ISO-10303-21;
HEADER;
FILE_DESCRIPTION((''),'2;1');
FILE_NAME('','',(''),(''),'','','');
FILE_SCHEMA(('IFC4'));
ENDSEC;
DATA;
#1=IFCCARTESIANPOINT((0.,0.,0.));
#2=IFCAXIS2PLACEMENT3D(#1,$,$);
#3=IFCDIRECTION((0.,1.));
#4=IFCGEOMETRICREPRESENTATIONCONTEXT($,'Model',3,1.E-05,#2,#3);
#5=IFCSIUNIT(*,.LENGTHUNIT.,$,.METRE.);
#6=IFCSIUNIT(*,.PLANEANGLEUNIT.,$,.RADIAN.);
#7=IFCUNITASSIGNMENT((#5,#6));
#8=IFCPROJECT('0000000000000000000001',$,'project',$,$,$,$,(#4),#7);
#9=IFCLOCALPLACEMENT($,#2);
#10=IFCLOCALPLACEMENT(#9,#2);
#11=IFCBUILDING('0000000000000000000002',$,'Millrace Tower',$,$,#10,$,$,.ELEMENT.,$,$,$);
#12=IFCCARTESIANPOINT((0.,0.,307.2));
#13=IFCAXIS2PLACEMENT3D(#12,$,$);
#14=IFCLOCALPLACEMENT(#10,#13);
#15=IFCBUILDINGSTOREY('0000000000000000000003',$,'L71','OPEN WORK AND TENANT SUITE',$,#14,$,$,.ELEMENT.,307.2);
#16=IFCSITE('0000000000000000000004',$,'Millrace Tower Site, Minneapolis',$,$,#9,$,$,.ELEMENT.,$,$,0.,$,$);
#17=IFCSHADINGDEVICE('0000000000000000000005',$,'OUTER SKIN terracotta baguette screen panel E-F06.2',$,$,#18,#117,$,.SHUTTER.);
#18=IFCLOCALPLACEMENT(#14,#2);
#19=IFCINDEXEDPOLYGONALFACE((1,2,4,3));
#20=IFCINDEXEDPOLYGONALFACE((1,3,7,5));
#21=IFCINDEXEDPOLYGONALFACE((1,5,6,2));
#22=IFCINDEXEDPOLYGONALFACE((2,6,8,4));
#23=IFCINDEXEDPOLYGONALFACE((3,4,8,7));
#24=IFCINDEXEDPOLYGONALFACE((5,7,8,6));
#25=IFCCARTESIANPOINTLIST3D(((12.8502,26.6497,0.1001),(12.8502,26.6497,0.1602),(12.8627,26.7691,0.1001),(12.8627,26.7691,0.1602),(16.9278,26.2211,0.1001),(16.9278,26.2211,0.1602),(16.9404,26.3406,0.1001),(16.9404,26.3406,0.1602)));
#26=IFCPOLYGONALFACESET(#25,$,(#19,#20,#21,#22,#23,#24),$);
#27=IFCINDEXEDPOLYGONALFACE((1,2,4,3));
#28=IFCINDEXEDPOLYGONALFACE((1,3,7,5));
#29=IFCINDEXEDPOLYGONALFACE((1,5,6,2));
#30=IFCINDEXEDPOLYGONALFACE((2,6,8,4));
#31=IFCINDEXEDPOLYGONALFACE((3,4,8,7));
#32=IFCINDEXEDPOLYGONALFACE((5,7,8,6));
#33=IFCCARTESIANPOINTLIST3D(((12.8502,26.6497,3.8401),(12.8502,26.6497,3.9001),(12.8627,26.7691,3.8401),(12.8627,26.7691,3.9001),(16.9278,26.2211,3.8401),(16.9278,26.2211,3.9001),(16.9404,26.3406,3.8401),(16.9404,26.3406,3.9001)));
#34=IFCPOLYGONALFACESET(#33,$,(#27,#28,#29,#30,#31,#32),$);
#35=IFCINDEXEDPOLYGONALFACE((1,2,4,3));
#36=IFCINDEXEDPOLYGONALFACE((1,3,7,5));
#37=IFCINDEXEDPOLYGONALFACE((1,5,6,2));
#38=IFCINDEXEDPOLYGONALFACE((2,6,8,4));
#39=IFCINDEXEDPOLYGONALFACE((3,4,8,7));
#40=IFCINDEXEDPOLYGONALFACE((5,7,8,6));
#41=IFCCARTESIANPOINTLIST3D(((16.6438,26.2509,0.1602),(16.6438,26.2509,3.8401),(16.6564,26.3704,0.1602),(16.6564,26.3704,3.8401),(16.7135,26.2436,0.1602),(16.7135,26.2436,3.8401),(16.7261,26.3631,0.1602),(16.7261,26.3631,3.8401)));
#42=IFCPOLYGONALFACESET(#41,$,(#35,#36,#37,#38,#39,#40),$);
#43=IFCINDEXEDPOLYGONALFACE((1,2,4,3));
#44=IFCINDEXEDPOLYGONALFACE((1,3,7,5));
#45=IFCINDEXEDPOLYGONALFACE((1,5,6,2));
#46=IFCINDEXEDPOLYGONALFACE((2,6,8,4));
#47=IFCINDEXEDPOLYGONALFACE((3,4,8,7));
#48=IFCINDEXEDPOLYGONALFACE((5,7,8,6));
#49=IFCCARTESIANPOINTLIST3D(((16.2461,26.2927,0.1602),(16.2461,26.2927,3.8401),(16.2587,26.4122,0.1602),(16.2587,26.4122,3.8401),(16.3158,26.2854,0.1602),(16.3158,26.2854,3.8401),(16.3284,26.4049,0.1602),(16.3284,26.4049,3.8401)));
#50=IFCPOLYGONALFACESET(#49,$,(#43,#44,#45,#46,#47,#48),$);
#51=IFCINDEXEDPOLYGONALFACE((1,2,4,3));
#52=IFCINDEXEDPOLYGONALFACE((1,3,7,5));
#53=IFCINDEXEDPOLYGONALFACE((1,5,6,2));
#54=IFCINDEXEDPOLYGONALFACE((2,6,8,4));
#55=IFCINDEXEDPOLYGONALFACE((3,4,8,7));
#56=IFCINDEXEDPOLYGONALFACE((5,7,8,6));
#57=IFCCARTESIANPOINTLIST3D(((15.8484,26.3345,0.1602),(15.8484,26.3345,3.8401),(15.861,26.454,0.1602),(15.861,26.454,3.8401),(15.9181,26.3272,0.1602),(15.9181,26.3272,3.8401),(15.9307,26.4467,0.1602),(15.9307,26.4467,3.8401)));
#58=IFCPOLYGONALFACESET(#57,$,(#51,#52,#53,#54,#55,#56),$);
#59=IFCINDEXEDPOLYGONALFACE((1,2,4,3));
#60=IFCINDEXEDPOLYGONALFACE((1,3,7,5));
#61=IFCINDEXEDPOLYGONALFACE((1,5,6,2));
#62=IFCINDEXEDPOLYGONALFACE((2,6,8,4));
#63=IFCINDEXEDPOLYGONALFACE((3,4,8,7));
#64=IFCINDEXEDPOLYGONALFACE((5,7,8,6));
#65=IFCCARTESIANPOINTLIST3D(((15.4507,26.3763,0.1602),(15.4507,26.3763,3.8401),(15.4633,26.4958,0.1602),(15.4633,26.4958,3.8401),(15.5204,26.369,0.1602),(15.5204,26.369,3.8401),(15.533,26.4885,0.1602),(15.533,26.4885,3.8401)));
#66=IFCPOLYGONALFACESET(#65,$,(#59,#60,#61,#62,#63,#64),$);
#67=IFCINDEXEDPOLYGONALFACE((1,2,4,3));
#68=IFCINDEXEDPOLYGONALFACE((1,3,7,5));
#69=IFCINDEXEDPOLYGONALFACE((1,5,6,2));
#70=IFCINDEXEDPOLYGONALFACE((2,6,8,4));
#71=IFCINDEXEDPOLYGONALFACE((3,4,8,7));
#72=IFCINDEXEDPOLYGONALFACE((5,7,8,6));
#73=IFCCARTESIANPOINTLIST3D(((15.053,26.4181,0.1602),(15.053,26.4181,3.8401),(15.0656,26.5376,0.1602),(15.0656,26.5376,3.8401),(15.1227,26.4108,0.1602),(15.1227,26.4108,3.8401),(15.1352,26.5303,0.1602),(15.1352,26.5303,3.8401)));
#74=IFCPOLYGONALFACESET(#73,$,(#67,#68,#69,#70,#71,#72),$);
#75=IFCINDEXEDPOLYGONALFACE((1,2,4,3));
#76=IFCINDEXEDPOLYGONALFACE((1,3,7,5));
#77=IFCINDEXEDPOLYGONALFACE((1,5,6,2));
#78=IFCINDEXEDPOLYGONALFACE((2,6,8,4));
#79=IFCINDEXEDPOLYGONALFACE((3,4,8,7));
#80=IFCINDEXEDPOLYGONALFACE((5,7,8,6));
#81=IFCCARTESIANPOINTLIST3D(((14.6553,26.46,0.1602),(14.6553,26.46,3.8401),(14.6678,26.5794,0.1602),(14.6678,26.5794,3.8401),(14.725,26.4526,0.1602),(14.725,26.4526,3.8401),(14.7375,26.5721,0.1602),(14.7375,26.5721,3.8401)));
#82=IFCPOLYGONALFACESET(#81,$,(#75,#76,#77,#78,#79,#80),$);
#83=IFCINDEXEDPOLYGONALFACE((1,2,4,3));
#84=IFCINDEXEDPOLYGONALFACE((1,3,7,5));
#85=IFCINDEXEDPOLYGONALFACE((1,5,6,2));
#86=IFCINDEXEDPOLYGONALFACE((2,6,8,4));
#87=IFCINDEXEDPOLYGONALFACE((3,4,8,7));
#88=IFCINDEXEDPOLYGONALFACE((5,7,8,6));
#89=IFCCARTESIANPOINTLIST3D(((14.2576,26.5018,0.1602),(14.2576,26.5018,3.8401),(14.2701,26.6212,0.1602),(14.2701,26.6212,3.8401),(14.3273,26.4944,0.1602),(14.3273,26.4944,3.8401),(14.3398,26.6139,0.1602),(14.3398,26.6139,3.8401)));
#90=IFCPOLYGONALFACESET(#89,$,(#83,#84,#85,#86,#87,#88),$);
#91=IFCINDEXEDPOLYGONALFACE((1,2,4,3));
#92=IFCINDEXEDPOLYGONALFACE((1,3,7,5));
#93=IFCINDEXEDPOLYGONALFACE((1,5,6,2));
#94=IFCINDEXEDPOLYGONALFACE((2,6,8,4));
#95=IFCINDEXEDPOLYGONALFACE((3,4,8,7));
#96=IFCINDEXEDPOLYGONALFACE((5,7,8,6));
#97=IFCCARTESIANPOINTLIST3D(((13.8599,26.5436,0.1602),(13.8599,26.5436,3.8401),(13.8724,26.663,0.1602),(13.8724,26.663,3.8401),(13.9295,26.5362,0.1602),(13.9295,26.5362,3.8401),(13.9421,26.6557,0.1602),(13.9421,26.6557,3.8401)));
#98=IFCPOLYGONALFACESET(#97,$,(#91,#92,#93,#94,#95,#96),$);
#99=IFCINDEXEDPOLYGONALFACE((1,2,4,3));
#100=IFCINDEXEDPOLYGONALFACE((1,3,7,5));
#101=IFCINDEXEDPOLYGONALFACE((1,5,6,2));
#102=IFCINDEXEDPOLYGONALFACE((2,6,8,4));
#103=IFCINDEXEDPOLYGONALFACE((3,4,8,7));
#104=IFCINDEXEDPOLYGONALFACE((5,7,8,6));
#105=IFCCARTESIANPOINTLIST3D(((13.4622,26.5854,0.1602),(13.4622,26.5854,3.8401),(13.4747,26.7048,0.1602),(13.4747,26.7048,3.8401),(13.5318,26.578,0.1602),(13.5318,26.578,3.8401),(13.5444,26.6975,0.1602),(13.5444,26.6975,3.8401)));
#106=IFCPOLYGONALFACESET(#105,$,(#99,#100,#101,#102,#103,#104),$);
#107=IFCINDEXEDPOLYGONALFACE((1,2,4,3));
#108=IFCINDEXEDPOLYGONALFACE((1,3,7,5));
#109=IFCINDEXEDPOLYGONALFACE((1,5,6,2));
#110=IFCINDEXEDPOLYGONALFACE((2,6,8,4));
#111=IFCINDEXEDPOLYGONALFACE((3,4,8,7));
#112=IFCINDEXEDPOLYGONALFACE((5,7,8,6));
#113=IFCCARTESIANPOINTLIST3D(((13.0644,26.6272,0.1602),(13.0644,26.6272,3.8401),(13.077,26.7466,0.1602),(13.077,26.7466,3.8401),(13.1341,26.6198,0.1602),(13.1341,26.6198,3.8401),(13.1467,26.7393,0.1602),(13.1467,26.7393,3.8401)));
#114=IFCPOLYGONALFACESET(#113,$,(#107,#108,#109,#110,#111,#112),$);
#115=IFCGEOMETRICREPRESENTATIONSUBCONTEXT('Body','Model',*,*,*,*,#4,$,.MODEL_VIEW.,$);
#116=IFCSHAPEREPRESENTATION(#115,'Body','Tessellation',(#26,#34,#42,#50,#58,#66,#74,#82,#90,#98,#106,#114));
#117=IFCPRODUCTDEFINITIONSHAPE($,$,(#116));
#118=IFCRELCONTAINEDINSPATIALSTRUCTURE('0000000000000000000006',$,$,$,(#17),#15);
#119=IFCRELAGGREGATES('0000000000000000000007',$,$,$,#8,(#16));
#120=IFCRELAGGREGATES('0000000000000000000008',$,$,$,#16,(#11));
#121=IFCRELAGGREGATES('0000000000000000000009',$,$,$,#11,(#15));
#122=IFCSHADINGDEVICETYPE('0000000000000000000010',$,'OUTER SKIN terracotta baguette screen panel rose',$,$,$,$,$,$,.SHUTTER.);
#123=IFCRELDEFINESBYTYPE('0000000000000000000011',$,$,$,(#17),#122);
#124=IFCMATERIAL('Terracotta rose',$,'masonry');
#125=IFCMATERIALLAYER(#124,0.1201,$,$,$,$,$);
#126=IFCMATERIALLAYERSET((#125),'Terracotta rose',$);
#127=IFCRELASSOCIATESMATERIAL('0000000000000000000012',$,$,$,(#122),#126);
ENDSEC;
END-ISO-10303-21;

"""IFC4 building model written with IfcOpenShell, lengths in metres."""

from ifc_helpers import new_model, entity, si_unit, direction, frame, frame_2d, origin, place, context, subcontext, project, spatial, rectangle, extrude, source, transform, mapped, material, layer, layer_set, type_object, element, save


model = new_model("IFC4")

# Units and contexts
model_context = context("Model", 3, precision=1e-05, world=origin(), true_north=direction((0.0, 1.0)))
body_context = subcontext(model_context, "Body", "Model", "MODEL_VIEW")
ifc_project = project(units=[si_unit("LENGTHUNIT", "METRE"), si_unit("PLANEANGLEUNIT", "RADIAN")], contexts=[model_context])

# Site, building, storey
site_placement = place(None, origin())
site = spatial("IfcSite", under=ifc_project, at=site_placement, Name="Millrace Tower Site, Minneapolis", CompositionType="ELEMENT", RefElevation=0.0)
building_placement = place(site_placement, origin())
building = spatial("IfcBuilding", under=site, at=building_placement, Name="Millrace Tower", CompositionType="ELEMENT")
storey_placement = place(building_placement, frame((0.0, 0.0, 307.2)))
storey = spatial("IfcBuildingStorey", under=building, at=storey_placement, Name="L71", Description="OPEN WORK AND TENANT SUITE", CompositionType="ELEMENT", Elevation=307.2)

# Shading device
ifc_material_1 = material(Name="Terracotta rose", Category="masonry")
ifc_layer_1 = layer(ifc_material_1, 0.1201)
ifc_layer_set_1 = layer_set([ifc_layer_1], Name="Terracotta rose")
shading_device_type = type_object("IfcShadingDeviceType", Name="OUTER SKIN terracotta baguette screen panel rose", PredefinedType="SHUTTER", material=ifc_layer_set_1)
cartesian_point_1 = entity("IfcCartesianPoint", [-2.05, 0.0601])
shared_polyline_1 = entity("IfcPolyline", [cartesian_point_1, entity("IfcCartesianPoint", [2.05, 0.0601]), entity("IfcCartesianPoint", [2.05, -0.0601]), entity("IfcCartesianPoint", [-2.05, -0.0601]), cartesian_point_1])
shared_shape_1 = source(origin(), body_context, "Body", "SweptSolid", [
    entity("IfcExtrudedAreaSolid", entity("IfcArbitraryClosedProfileDef", "AREA", None, shared_polyline_1), entity("IfcAxis2Placement3D", entity("IfcCartesianPoint", [0.0, 0.0, 0.0])), entity("IfcDirection", [0.0, 0.0, 1.0]), 0.0601),
    entity("IfcExtrudedAreaSolid", entity("IfcArbitraryClosedProfileDef", "AREA", None, shared_polyline_1), entity("IfcAxis2Placement3D", entity("IfcCartesianPoint", [0.0, 0.0, 3.74])), entity("IfcDirection", [0.0, 0.0, 1.0]), 0.0601),
    extrude(rectangle(XDim=0.0701, YDim=0.1201, at=frame_2d((-1.7996, 0.0))), frame((0.0, 0.0, 0.0601)), (0.0, 0.0, 1.0), 3.6799),
    extrude(rectangle(XDim=0.0701, YDim=0.1201, at=frame_2d((-1.3997, 0.0))), frame((0.0, 0.0, 0.0601)), (0.0, 0.0, 1.0), 3.6799),
    extrude(rectangle(XDim=0.0701, YDim=0.1201, at=frame_2d((-0.9998, 0.0))), frame((0.0, 0.0, 0.0601)), (0.0, 0.0, 1.0), 3.6799),
    extrude(rectangle(XDim=0.0701, YDim=0.1201, at=frame_2d((-0.5999, 0.0))), frame((0.0, 0.0, 0.0601)), (0.0, 0.0, 1.0), 3.6799),
    extrude(rectangle(XDim=0.0701, YDim=0.1201, at=frame_2d((-0.2, 0.0))), frame((0.0, 0.0, 0.0601)), (0.0, 0.0, 1.0), 3.6799),
    extrude(rectangle(XDim=0.0701, YDim=0.1201, at=frame_2d((0.2, 0.0))), frame((0.0, 0.0, 0.0601)), (0.0, 0.0, 1.0), 3.6799),
    extrude(rectangle(XDim=0.0701, YDim=0.1201, at=frame_2d((0.5999, 0.0))), frame((0.0, 0.0, 0.0601)), (0.0, 0.0, 1.0), 3.6799),
    extrude(rectangle(XDim=0.0701, YDim=0.1201, at=frame_2d((0.9998, 0.0))), frame((0.0, 0.0, 0.0601)), (0.0, 0.0, 1.0), 3.6799),
    extrude(rectangle(XDim=0.0701, YDim=0.1201, at=frame_2d((1.3997, 0.0))), frame((0.0, 0.0, 0.0601)), (0.0, 0.0, 1.0), 3.6799),
    extrude(rectangle(XDim=0.0701, YDim=0.1201, at=frame_2d((1.7996, 0.0))), frame((0.0, 0.0, 0.0601)), (0.0, 0.0, 1.0), 3.6799),
])
for number, where, z_axis, x_axis, name in (
    (1, (14.8953, 26.4951, 0.1001), (0.0, 0.0, 1.0), (-0.994522, 0.104528, 0.0), "OUTER SKIN terracotta baguette screen panel E-F06.2"),
):
    element("IfcShadingDevice", number, at=place(storey_placement, frame(where, z_axis=z_axis, x_axis=x_axis)), inside=storey, type_object=shading_device_type, Name=name, PredefinedType="SHUTTER", context=body_context, shape_type="MappedRepresentation", body=[
        mapped(shared_shape_1, transform((0.0, 0.0, 0.0), scale=1.0)),
    ])

save(model, "model.ifc")
